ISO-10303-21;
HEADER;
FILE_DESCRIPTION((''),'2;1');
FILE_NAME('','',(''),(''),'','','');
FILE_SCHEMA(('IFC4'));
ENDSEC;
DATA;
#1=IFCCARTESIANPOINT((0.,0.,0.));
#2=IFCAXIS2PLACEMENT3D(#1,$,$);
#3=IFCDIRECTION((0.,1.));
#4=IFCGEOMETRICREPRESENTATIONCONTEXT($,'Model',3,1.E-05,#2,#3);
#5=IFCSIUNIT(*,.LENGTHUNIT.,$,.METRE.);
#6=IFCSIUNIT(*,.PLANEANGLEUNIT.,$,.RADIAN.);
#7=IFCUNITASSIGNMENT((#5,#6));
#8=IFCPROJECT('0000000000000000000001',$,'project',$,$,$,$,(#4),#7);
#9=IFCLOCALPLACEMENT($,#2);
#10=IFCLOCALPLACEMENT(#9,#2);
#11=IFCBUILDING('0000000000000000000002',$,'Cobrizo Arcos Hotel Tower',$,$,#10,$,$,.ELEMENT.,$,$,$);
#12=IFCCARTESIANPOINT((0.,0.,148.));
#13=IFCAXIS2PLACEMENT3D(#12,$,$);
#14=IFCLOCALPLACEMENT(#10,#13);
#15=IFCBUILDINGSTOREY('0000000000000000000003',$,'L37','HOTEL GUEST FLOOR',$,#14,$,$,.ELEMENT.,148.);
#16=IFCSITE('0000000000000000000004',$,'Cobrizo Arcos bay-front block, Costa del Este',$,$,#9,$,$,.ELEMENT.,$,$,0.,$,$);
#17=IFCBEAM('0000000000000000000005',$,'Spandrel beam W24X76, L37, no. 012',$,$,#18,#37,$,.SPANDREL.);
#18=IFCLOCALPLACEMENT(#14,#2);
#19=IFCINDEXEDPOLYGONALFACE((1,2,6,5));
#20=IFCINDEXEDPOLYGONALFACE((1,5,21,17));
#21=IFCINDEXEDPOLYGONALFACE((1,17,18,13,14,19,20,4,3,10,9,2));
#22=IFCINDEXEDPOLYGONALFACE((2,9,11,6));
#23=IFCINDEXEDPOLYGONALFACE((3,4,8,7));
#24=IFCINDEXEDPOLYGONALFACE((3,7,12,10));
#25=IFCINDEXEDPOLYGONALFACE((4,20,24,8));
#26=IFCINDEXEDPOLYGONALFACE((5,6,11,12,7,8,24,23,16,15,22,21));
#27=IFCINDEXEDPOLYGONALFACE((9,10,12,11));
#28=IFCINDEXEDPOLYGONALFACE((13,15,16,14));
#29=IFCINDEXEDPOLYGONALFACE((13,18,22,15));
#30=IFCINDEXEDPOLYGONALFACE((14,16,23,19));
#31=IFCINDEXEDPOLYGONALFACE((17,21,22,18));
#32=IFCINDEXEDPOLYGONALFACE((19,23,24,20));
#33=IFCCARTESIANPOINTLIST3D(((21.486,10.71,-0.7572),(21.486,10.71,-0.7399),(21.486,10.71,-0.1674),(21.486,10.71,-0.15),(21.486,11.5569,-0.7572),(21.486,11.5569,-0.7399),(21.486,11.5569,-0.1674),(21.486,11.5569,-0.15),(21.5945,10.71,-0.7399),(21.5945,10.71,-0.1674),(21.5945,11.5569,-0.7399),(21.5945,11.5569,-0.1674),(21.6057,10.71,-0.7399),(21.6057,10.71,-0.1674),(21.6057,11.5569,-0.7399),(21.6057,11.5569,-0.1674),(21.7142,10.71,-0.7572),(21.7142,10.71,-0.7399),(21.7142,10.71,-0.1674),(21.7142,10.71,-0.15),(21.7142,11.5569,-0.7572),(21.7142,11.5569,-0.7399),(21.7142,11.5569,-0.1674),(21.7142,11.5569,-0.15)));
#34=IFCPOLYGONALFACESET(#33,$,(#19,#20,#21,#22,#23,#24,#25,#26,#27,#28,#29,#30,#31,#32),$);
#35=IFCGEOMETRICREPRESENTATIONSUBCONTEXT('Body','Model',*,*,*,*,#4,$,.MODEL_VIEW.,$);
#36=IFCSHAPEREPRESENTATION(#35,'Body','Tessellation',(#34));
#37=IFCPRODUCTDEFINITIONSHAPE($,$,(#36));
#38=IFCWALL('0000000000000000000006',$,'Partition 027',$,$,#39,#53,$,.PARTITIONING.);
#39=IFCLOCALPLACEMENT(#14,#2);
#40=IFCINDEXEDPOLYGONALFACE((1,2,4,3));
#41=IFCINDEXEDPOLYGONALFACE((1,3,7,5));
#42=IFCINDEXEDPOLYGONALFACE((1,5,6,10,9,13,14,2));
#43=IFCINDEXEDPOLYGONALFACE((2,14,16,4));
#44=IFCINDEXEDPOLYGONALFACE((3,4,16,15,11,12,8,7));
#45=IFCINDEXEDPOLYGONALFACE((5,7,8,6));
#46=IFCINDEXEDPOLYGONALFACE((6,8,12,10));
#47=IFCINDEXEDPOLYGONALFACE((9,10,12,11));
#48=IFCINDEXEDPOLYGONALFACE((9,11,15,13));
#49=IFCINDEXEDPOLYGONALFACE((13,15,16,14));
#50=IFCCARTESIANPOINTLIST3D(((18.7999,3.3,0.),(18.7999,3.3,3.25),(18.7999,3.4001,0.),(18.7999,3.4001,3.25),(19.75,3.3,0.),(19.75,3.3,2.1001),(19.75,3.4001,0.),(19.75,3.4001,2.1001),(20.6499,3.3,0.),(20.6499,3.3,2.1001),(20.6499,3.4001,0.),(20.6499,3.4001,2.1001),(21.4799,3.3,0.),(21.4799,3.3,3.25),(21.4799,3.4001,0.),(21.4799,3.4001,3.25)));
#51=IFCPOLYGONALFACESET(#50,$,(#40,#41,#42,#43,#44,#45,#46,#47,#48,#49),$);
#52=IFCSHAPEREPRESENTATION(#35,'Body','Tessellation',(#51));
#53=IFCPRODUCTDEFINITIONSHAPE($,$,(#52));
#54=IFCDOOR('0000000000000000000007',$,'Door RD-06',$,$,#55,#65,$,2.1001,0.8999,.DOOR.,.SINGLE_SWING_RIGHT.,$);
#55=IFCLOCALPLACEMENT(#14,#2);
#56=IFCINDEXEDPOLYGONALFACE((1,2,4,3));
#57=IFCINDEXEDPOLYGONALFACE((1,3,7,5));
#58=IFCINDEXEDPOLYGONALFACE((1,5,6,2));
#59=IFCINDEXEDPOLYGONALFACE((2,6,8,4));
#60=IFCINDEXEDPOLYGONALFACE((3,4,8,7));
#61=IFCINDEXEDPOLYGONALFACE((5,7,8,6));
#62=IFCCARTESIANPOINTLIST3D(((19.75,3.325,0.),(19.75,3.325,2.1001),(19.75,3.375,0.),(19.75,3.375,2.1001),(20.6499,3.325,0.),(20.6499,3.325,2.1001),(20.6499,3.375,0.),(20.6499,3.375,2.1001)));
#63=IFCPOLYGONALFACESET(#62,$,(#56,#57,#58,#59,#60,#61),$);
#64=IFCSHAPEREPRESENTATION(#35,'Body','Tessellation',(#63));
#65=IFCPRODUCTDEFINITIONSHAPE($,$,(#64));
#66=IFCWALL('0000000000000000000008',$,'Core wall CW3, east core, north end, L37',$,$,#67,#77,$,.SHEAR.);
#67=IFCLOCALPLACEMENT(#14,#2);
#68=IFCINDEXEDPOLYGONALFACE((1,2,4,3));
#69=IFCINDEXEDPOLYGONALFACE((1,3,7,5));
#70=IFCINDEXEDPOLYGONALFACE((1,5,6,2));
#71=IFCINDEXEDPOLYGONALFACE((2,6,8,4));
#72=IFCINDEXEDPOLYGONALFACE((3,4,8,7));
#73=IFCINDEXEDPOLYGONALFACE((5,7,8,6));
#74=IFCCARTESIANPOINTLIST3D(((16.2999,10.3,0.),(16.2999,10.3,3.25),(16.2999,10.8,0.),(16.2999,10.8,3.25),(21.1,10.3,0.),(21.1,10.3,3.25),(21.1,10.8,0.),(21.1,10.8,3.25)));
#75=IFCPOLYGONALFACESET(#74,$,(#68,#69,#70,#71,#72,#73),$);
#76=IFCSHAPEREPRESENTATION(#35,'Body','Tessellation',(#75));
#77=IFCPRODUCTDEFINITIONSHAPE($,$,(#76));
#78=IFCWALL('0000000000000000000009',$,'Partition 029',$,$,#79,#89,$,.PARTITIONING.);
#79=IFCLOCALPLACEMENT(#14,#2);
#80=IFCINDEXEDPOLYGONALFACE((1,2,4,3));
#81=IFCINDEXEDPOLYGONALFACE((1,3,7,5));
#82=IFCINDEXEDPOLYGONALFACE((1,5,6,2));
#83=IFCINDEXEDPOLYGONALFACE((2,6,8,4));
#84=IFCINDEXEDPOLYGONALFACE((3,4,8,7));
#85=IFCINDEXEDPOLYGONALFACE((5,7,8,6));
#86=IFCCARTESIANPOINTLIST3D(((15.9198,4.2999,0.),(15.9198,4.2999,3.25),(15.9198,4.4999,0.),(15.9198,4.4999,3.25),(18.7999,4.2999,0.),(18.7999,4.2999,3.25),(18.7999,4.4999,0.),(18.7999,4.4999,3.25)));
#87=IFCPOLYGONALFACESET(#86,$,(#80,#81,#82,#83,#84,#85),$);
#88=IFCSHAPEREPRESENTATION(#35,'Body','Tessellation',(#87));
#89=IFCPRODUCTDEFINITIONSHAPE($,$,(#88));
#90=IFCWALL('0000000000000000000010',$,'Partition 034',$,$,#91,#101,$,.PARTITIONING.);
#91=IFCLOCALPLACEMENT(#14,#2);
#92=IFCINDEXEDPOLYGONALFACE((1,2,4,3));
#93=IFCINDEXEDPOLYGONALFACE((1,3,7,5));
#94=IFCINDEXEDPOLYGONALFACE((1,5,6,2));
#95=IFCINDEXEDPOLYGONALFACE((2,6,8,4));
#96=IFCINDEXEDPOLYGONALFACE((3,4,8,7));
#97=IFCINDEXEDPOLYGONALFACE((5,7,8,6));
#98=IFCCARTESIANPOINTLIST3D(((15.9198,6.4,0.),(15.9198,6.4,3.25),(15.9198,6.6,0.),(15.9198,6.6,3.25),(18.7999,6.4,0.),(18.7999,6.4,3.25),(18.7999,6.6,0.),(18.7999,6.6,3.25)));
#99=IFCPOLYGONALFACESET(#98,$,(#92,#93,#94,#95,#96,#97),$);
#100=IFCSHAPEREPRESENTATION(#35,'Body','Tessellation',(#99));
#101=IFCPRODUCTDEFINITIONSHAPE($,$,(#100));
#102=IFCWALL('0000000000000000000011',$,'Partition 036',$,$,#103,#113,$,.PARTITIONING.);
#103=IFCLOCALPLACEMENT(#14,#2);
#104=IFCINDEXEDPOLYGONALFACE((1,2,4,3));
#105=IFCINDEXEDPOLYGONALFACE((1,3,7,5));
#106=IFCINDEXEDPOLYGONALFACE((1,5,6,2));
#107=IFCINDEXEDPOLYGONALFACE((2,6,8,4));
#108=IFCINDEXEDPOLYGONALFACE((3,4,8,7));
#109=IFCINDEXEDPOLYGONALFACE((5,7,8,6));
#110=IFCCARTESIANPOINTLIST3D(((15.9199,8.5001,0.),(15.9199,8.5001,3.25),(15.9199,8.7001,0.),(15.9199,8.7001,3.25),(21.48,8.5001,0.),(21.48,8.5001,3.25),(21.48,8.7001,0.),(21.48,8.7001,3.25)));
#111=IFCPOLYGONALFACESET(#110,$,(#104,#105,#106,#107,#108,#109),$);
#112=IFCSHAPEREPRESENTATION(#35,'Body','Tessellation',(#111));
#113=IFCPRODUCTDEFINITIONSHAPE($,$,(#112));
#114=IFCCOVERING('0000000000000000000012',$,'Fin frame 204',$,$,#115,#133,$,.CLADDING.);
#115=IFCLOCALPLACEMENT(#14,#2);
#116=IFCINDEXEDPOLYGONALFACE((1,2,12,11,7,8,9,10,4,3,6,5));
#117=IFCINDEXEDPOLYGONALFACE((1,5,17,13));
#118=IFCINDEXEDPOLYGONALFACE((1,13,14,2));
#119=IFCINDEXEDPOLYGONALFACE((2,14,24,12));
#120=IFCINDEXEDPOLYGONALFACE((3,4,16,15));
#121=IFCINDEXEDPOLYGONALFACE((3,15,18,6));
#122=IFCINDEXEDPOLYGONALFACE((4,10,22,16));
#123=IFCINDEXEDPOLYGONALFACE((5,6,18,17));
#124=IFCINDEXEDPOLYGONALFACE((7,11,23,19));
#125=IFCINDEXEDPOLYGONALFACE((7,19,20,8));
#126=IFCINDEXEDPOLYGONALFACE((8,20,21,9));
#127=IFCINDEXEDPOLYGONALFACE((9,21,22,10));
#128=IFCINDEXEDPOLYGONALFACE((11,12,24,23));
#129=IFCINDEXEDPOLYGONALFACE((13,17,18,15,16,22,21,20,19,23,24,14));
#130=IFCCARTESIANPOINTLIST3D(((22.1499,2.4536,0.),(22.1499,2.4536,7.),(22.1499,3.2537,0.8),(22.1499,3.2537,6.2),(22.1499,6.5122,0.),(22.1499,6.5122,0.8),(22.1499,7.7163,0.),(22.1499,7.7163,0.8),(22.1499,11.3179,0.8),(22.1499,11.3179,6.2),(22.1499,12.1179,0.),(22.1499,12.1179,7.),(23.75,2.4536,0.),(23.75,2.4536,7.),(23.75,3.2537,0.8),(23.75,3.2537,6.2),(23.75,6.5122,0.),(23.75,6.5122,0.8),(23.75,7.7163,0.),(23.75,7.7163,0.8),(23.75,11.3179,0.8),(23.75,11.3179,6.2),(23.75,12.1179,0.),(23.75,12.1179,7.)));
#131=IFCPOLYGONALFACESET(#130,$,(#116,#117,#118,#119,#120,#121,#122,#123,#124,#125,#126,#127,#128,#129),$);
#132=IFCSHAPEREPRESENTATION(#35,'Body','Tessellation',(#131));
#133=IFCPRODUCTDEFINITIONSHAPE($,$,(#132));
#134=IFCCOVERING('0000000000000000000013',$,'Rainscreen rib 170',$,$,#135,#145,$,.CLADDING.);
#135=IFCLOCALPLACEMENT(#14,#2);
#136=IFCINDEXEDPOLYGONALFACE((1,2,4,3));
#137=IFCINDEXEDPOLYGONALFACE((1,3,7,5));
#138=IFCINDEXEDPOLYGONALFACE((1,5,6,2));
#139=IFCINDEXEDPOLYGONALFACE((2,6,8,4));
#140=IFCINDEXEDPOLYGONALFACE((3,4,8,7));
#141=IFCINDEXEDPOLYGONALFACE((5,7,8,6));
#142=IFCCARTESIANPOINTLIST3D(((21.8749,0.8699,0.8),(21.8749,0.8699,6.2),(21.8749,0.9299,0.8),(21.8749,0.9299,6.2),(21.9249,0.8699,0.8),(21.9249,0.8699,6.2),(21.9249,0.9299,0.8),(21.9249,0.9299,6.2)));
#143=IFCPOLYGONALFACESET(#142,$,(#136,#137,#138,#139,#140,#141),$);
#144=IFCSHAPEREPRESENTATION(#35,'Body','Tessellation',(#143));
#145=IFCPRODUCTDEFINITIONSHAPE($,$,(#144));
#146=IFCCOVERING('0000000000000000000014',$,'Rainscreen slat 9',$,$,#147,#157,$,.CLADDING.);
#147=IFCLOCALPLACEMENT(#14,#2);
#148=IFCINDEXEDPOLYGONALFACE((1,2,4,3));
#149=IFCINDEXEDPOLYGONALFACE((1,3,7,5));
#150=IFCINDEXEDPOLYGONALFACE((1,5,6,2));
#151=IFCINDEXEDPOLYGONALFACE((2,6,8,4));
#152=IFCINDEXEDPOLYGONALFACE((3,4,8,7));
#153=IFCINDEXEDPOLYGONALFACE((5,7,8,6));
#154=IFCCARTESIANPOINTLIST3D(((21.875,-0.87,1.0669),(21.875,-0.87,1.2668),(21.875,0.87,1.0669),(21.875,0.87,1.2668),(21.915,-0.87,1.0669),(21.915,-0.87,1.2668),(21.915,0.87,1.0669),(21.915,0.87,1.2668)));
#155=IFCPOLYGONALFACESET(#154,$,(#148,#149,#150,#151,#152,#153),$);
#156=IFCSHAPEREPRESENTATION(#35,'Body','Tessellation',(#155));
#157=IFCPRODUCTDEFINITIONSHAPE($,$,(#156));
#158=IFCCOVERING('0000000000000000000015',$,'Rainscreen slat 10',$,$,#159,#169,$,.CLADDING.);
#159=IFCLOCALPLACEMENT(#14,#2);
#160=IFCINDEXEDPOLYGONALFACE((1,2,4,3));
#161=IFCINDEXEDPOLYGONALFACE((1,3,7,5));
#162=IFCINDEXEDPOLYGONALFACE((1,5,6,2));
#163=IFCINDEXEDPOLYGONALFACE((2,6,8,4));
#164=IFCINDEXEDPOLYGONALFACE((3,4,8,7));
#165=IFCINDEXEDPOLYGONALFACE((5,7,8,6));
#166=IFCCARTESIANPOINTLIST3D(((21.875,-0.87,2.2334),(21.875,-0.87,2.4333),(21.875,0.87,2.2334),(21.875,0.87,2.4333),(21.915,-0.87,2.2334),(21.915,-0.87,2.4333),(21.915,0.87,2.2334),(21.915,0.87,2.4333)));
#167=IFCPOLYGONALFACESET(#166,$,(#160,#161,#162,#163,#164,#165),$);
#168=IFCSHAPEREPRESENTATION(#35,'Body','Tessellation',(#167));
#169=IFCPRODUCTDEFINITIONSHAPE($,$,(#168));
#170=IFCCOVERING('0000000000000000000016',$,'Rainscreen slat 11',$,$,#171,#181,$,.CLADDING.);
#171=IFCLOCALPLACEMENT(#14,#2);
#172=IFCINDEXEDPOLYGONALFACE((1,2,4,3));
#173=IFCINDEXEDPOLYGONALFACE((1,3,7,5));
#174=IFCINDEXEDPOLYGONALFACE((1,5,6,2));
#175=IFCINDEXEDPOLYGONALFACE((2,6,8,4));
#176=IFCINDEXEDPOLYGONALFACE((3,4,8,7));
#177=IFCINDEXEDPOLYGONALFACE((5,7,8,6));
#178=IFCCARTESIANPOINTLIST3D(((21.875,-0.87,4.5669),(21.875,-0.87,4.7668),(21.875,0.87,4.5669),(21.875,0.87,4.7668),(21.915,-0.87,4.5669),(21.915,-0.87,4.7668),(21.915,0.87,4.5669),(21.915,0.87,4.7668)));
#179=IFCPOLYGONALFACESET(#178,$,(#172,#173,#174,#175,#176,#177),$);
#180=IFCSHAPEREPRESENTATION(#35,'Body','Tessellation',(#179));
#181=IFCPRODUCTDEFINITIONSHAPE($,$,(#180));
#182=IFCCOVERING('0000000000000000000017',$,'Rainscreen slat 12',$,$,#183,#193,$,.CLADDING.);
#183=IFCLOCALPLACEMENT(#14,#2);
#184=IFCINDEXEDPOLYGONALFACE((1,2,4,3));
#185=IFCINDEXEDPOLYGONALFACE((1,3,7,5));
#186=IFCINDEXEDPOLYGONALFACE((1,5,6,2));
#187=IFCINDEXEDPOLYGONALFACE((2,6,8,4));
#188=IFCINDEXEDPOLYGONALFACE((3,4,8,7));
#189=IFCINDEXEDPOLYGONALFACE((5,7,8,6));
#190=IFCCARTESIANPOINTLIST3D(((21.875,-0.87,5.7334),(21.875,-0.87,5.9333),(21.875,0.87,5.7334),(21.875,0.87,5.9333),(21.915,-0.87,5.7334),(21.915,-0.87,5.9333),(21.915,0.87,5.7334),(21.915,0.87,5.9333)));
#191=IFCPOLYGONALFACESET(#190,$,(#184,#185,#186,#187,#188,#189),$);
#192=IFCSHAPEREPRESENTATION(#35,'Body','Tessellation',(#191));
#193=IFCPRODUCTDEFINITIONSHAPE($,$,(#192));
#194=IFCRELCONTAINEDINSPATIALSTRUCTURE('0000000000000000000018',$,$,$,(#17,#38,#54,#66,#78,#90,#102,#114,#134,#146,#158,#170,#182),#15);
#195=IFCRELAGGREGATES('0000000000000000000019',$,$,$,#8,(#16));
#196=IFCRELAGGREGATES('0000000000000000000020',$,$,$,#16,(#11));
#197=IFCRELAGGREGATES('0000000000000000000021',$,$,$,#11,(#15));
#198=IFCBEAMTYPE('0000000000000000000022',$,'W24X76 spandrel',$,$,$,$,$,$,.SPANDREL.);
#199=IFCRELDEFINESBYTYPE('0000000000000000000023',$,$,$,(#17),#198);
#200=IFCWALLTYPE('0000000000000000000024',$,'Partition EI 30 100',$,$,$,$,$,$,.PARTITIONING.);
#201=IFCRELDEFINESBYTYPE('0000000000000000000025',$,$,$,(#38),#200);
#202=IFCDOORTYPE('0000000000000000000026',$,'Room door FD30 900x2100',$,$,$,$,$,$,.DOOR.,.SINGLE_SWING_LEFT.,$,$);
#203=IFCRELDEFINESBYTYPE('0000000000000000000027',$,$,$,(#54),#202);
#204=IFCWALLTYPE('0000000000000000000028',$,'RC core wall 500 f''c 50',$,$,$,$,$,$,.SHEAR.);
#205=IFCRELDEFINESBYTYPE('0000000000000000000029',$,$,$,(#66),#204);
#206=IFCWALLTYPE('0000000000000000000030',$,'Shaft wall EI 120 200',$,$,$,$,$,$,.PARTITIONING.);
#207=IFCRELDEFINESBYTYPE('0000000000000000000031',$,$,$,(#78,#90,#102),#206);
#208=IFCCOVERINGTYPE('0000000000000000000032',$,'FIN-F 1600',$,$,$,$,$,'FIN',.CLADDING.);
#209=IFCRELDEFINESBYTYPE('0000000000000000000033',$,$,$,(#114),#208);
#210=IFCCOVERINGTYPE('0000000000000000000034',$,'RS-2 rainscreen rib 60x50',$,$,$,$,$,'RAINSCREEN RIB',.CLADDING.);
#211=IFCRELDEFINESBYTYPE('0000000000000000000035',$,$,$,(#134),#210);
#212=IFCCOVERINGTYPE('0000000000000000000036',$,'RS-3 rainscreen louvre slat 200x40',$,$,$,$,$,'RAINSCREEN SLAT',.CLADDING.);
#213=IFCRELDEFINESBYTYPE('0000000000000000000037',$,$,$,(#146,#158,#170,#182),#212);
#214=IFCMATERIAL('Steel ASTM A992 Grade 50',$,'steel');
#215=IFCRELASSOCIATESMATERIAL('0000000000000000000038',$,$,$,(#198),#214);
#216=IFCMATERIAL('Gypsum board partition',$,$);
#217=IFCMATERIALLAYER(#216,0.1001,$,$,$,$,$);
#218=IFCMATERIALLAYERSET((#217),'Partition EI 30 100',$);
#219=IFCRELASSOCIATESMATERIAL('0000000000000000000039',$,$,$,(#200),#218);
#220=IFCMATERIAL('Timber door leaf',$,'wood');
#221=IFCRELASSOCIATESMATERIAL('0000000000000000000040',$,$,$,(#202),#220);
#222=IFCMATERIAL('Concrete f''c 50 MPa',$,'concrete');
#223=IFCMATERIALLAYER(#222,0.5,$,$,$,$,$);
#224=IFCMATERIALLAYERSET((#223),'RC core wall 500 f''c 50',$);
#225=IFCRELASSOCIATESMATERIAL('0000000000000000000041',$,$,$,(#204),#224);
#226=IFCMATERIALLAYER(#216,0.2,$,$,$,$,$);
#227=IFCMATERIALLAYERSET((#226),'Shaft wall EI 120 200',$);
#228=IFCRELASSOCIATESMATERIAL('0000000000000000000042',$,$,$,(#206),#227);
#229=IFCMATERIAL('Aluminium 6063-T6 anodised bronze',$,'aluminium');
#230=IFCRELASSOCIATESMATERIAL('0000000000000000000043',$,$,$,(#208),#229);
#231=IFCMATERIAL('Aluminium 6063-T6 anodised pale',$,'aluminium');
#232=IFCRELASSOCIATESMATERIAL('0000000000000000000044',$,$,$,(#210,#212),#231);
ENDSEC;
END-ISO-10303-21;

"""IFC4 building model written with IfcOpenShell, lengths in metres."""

from ifc_helpers import new_model, si_unit, direction, frame, frame_2d, origin, origin_2d, place, context, subcontext, project, spatial, polyline, rectangle, i_section, outline, extrude, material, layer, layer_set, material_profile, profile_set, type_object, element, fill, save


model = new_model("IFC4")

# Units and contexts
model_context = context("Model", 3, precision=1e-05, world=origin(), true_north=direction((0.0, 1.0)))
body_context = subcontext(model_context, "Body", "Model", "MODEL_VIEW")
ifc_project = project(units=[si_unit("LENGTHUNIT", "METRE"), si_unit("PLANEANGLEUNIT", "RADIAN")], contexts=[model_context])

# Site, building, storey
site_placement = place(None, origin())
site = spatial("IfcSite", under=ifc_project, at=site_placement, Name="Cobrizo Arcos bay-front block, Costa del Este", CompositionType="ELEMENT", RefElevation=0.0)
building_placement = place(site_placement, origin())
building = spatial("IfcBuilding", under=site, at=building_placement, Name="Cobrizo Arcos Hotel Tower", CompositionType="ELEMENT")
storey_placement = place(building_placement, frame((0.0, 0.0, 148.0)))
storey = spatial("IfcBuildingStorey", under=building, at=storey_placement, Name="L37", Description="HOTEL GUEST FLOOR", CompositionType="ELEMENT", Elevation=148.0)

# Shared definitions
ifc_material_1 = material(Name="Aluminium 6063-T6 anodised bronze", Category="aluminium")

# Beam
ifc_material_2 = material(Name="Steel ASTM A992 Grade 50", Category="steel")
ifc_material_profile_1 = material_profile(ifc_material_2, i_section(OverallWidth=0.2283, OverallDepth=0.6072, WebThickness=0.0112, FlangeThickness=0.0173, at=origin_2d()), Name="W24X76")
ifc_profile_set_1 = profile_set([ifc_material_profile_1], Name="Steel ASTM A992 Grade 50")
beam_type_1 = type_object("IfcBeamType", Name="W24X76 spandrel", PredefinedType="SPANDREL", material=ifc_profile_set_1)
beam_1_placement = place(storey_placement, frame((21.6001, 10.71, -0.4536), z_axis=(0.0, 1.0, 0.0), x_axis=(-1.0, 0.0, 0.0)))
element("IfcBeam", 1, at=beam_1_placement, inside=storey, type_object=beam_type_1, Name="Spandrel beam W24X76, L37, no. 012", PredefinedType="SPANDREL", context=body_context, shape_type="SweptSolid", body=[
    extrude(i_section(OverallWidth=0.2283, OverallDepth=0.6072, WebThickness=0.0112, FlangeThickness=0.0173, at=origin_2d()), origin(), (0.0, 0.0, 1.0), 0.8469),
])

# Wall, opening, door
ifc_material_3 = material(Name="Gypsum board partition")
ifc_layer_1 = layer(ifc_material_3, 0.1001)
ifc_layer_set_1 = layer_set([ifc_layer_1], Name="Partition EI 30 100")
wall_type_1 = type_object("IfcWallType", Name="Partition EI 30 100", PredefinedType="PARTITIONING", material=ifc_layer_set_1)
wall_1_placement = place(storey_placement, frame((18.8, 3.3501, 0.0), z_axis=(0.0, 0.0, 1.0), x_axis=(1.0, 0.0, 0.0)))
wall_1 = element("IfcWall", 2, at=wall_1_placement, inside=storey, type_object=wall_type_1, Name="Partition 027", PredefinedType="PARTITIONING", context=body_context, shape_type="SweptSolid", body=[
    extrude(rectangle(XDim=2.6799, YDim=0.1001, at=frame_2d((1.3398, 0.0))), origin(), (0.0, 0.0, 1.0), 3.25),
])
opening_placement = place(wall_1_placement, frame((0.95, 0.0, 0.0)))
opening = element("IfcOpeningElement", 3, at=opening_placement, cuts=wall_1, PredefinedType="OPENING", context=body_context, shape_type="SweptSolid", body=[
    extrude(rectangle(XDim=0.8999, YDim=2.1001, at=frame_2d((0.45, 1.05))), frame((0.0, 0.062, 0.0), z_axis=(0.0, -1.0, 0.0), x_axis=(1.0, 0.0, 0.0)), (0.0, 0.0, 1.0), 0.124),
])
ifc_material_4 = material(Name="Timber door leaf", Category="wood")
door_type = type_object("IfcDoorType", Name="Room door FD30 900x2100", OperationType="SINGLE_SWING_LEFT", PredefinedType="DOOR", material=ifc_material_4)
door_placement = place(opening_placement, origin())
door = element("IfcDoor", 4, at=door_placement, inside=storey, type_object=door_type, Name="Door RD-06", OperationType="SINGLE_SWING_RIGHT", OverallHeight=2.1001, OverallWidth=0.8999, PredefinedType="DOOR", context=body_context, shape_type="SweptSolid", body=[
    extrude(rectangle(XDim=0.8999, YDim=2.1001, at=frame_2d((0.45, 1.05))), frame((0.0, 0.0249, 0.0), z_axis=(0.0, -1.0, 0.0), x_axis=(1.0, 0.0, 0.0)), (0.0, 0.0, 1.0), 0.05),
])
fill(opening, door)

# Walls
ifc_material_5 = material(Name="Concrete f'c 50 MPa", Category="concrete")
ifc_layer_2 = layer(ifc_material_5, 0.5)
ifc_layer_set_2 = layer_set([ifc_layer_2], Name="RC core wall 500 f'c 50")
wall_type_2 = type_object("IfcWallType", Name="RC core wall 500 f'c 50", PredefinedType="SHEAR", material=ifc_layer_set_2)
wall_2_placement = place(storey_placement, frame((16.3, 10.55, 0.0), z_axis=(0.0, 0.0, 1.0), x_axis=(1.0, 0.0, 0.0)))
element("IfcWall", 5, at=wall_2_placement, inside=storey, type_object=wall_type_2, Name="Core wall CW3, east core, north end, L37", PredefinedType="SHEAR", context=body_context, shape_type="SweptSolid", body=[
    extrude(rectangle(XDim=4.8, YDim=0.5, at=frame_2d((2.3999, 0.0))), origin(), (0.0, 0.0, 1.0), 3.25),
])
ifc_layer_3 = layer(ifc_material_3, 0.2)
ifc_layer_set_3 = layer_set([ifc_layer_3], Name="Shaft wall EI 120 200")
wall_type_3 = type_object("IfcWallType", Name="Shaft wall EI 120 200", PredefinedType="PARTITIONING", material=ifc_layer_set_3)
for number, where, z_axis, x_axis, name in (
    (6, (15.9199, 4.3999, 0.0), (0.0, 0.0, 1.0), (1.0, 0.0, 0.0), "Partition 029"),
    (7, (15.9199, 6.5, 0.0), (0.0, 0.0, 1.0), (1.0, 0.0, 0.0), "Partition 034"),
):
    element("IfcWall", number, at=place(storey_placement, frame(where, z_axis=z_axis, x_axis=x_axis)), inside=storey, type_object=wall_type_3, Name=name, PredefinedType="PARTITIONING", context=body_context, shape_type="SweptSolid", body=[
        extrude(rectangle(XDim=2.8801, YDim=0.2, at=frame_2d((1.4399, 0.0))), origin(), (0.0, 0.0, 1.0), 3.25),
    ])
wall_3_placement = place(storey_placement, frame((15.9199, 8.6001, 0.0), z_axis=(0.0, 0.0, 1.0), x_axis=(1.0, 0.0, 0.0)))
element("IfcWall", 8, at=wall_3_placement, inside=storey, type_object=wall_type_3, Name="Partition 036", PredefinedType="PARTITIONING", context=body_context, shape_type="SweptSolid", body=[
    extrude(rectangle(XDim=5.5601, YDim=0.2, at=frame_2d((2.78, 0.0))), origin(), (0.0, 0.0, 1.0), 3.25),
])

# Coverings
covering_type_1 = type_object("IfcCoveringType", Name="FIN-F 1600", ElementType="FIN", PredefinedType="CLADDING", material=ifc_material_1)
covering_1_placement = place(storey_placement, frame((22.1499, 2.4536, 0.0), z_axis=(1.0, 0.0, 0.0), x_axis=(0.0, 1.0, 0.0)))
element("IfcCovering", 9, at=covering_1_placement, inside=storey, type_object=covering_type_1, Name="Fin frame 204", PredefinedType="CLADDING", context=body_context, shape_type="SweptSolid", body=[
    extrude(outline(polyline([(0.0, 0.0), (4.0586, 0.0), (4.0586, 0.8), (0.8, 0.8), (0.8, 6.2), (8.8643, 6.2), (8.8643, 0.8), (5.2627, 0.8), (5.2627, 0.0), (9.6643, 0.0), (9.6643, 7.0), (0.0, 7.0), (0.0, 0.0)])), origin(), (0.0, 0.0, 1.0), 1.6001),
])
ifc_material_6 = material(Name="Aluminium 6063-T6 anodised pale", Category="aluminium")
covering_type_2 = type_object("IfcCoveringType", Name="RS-2 rainscreen rib 60x50", ElementType="RAINSCREEN RIB", PredefinedType="CLADDING", material=ifc_material_6)
covering_2_placement = place(storey_placement, frame((21.8999, 0.8999, 0.8), z_axis=(0.0, 0.0, 1.0), x_axis=(0.0, 1.0, 0.0)))
element("IfcCovering", 10, at=covering_2_placement, inside=storey, type_object=covering_type_2, Name="Rainscreen rib 170", PredefinedType="CLADDING", context=body_context, shape_type="SweptSolid", body=[
    extrude(rectangle(XDim=0.0601, YDim=0.05, at=origin_2d()), origin(), (0.0, 0.0, 1.0), 5.3999),
])
covering_type_3 = type_object("IfcCoveringType", Name="RS-3 rainscreen louvre slat 200x40", ElementType="RAINSCREEN SLAT", PredefinedType="CLADDING", material=ifc_material_6)
for number, where, z_axis, x_axis, name in (
    (11, (21.895, 0.0, 1.0669), (0.0, 0.0, 1.0), (0.0, 1.0, 0.0), "Rainscreen slat 9"),
    (12, (21.895, 0.0, 2.2334), (0.0, 0.0, 1.0), (0.0, 1.0, 0.0), "Rainscreen slat 10"),
    (13, (21.895, 0.0, 4.5669), (0.0, 0.0, 1.0), (0.0, 1.0, 0.0), "Rainscreen slat 11"),
    (14, (21.895, 0.0, 5.7334), (0.0, 0.0, 1.0), (0.0, 1.0, 0.0), "Rainscreen slat 12"),
):
    element("IfcCovering", number, at=place(storey_placement, frame(where, z_axis=z_axis, x_axis=x_axis)), inside=storey, type_object=covering_type_3, Name=name, PredefinedType="CLADDING", context=body_context, shape_type="SweptSolid", body=[
        extrude(rectangle(XDim=1.74, YDim=0.04, at=origin_2d()), origin(), (0.0, 0.0, 1.0), 0.2),
    ])

save(model, "model.ifc")
